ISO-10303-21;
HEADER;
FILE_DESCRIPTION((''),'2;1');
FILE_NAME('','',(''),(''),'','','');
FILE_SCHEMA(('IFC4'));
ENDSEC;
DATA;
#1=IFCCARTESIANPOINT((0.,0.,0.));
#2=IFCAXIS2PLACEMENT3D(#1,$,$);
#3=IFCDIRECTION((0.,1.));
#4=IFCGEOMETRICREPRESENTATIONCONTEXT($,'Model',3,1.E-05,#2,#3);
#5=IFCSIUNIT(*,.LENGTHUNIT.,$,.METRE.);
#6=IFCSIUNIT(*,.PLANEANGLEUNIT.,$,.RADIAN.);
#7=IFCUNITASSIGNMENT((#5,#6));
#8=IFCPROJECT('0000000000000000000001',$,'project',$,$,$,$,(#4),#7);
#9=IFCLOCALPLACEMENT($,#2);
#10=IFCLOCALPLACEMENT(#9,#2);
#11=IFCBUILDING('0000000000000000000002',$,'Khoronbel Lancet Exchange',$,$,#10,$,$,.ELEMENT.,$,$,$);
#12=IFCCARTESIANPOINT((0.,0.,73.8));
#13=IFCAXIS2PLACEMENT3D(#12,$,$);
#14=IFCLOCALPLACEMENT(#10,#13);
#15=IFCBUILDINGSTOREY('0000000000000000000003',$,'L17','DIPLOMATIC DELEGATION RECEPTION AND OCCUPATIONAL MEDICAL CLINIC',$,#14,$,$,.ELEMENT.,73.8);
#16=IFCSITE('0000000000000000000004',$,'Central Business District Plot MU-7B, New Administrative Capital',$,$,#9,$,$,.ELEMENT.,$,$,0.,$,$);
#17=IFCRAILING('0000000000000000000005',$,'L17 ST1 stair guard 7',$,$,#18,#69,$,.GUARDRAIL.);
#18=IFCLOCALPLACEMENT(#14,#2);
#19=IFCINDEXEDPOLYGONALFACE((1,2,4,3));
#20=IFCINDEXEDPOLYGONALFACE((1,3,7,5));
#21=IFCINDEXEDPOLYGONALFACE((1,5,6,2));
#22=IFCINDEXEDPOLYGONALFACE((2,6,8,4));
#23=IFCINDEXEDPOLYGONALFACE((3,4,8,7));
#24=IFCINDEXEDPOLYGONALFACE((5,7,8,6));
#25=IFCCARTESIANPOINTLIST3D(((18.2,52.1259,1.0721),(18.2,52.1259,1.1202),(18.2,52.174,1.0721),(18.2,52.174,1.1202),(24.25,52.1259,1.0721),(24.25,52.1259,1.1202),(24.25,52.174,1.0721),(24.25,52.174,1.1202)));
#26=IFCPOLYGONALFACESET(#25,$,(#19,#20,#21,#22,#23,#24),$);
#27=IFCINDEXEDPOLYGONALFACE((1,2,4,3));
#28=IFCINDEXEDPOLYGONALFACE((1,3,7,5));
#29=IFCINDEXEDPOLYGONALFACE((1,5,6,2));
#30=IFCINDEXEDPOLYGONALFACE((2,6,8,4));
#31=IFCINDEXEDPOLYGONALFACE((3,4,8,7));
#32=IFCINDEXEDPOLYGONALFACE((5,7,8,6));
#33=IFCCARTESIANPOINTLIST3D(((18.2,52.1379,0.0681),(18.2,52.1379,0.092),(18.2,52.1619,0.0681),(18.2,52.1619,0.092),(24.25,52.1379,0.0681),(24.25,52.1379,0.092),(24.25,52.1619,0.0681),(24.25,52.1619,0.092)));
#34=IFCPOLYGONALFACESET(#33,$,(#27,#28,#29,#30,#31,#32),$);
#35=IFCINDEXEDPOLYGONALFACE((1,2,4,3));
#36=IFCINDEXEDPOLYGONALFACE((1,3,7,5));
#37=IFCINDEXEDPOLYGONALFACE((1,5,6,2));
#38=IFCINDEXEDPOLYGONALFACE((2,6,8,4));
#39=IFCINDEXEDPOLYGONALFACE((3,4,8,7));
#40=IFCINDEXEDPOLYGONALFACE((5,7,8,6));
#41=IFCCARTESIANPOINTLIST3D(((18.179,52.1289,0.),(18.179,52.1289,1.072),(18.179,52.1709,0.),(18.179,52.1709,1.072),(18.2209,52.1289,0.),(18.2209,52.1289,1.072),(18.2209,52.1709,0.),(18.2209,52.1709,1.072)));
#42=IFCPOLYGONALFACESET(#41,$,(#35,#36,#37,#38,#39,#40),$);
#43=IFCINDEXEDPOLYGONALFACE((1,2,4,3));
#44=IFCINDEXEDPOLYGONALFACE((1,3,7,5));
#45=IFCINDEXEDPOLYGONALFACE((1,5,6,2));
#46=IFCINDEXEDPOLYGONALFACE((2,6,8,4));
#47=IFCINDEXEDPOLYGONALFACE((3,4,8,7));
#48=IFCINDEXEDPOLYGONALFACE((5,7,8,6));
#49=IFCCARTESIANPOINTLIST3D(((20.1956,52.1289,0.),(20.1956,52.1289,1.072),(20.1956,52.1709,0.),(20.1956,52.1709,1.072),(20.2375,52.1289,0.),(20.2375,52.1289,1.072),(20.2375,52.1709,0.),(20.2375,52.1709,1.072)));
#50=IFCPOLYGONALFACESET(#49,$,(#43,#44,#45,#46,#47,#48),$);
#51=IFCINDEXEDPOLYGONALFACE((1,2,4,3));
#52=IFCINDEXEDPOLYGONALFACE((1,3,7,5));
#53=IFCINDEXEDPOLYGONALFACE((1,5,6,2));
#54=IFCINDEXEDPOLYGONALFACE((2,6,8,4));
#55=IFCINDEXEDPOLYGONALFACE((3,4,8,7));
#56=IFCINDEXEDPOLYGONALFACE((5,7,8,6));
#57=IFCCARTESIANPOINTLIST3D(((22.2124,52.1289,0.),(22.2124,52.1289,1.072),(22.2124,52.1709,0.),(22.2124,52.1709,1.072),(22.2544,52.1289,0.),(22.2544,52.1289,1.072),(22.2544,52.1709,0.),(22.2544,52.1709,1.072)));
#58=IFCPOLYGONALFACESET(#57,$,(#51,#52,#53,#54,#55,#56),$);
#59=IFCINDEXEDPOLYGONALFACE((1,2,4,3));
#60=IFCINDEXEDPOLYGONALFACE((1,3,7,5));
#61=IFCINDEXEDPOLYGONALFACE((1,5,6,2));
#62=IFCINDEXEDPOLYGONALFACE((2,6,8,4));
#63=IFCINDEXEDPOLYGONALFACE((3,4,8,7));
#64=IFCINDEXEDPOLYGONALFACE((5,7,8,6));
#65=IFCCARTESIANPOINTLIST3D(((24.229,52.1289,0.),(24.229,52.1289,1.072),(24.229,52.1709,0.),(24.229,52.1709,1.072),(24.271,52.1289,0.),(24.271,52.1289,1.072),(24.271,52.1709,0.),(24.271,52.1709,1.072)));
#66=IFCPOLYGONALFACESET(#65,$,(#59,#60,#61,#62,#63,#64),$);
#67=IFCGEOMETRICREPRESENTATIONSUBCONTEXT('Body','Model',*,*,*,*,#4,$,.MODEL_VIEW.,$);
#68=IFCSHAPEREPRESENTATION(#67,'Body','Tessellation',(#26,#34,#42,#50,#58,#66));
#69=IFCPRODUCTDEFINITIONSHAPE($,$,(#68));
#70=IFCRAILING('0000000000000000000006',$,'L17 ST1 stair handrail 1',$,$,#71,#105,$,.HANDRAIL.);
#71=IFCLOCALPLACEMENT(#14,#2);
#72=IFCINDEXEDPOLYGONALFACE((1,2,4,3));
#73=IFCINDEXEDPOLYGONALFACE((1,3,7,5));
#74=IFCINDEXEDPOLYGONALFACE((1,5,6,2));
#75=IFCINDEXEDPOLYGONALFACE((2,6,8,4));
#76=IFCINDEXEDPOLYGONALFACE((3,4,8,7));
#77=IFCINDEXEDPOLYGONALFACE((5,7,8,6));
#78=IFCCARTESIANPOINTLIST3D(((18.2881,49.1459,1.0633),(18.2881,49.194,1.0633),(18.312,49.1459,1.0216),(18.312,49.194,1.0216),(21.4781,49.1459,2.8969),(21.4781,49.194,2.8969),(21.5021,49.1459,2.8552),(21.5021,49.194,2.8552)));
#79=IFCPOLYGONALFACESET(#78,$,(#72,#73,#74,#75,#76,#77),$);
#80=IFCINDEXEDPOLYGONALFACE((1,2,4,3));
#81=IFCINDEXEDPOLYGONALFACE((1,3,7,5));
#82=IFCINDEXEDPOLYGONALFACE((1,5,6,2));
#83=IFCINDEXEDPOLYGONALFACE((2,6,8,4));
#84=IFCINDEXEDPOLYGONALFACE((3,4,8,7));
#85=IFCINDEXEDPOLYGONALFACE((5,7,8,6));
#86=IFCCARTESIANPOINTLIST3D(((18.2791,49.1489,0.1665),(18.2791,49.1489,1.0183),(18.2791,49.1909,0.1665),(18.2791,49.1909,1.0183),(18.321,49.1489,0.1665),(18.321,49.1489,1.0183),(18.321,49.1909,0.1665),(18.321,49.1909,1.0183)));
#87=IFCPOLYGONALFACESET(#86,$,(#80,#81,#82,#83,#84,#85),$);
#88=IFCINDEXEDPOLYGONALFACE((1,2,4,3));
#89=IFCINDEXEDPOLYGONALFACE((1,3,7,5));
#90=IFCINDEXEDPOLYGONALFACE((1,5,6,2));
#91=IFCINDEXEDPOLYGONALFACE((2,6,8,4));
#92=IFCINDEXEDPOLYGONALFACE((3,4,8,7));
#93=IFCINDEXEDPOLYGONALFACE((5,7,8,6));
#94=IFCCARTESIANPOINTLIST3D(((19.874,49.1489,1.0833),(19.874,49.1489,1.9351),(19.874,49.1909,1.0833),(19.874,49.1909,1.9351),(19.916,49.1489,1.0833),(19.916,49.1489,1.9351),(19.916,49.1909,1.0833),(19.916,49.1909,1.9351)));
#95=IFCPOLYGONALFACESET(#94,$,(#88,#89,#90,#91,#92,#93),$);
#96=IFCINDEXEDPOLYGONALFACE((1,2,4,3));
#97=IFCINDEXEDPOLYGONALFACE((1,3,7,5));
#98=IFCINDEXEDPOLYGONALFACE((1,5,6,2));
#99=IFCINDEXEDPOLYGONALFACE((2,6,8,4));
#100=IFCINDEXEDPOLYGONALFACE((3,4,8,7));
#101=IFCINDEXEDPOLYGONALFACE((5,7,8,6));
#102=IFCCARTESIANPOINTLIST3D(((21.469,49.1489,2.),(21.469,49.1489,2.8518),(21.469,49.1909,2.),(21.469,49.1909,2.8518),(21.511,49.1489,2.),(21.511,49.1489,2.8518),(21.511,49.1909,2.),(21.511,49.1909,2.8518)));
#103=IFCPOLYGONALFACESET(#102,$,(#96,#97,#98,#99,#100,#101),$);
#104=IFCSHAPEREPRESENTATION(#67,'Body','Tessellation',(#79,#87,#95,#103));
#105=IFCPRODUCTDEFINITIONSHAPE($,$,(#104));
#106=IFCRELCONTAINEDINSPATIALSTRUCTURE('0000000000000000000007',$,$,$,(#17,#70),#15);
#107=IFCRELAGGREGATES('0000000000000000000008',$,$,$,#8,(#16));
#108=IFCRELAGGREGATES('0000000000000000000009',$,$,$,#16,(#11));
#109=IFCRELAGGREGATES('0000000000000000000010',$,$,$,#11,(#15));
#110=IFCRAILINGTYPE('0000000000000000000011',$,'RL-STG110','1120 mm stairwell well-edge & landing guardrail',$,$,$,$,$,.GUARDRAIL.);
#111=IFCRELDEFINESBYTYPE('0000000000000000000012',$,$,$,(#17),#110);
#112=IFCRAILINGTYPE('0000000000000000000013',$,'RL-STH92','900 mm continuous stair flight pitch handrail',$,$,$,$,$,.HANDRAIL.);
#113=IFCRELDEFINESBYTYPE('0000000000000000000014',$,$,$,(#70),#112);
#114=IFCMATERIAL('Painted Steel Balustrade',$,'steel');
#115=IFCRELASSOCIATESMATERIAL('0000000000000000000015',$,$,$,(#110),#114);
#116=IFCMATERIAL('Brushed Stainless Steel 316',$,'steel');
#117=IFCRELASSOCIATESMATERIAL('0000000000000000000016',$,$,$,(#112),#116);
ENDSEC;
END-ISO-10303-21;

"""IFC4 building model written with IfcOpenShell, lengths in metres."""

from ifc_helpers import new_model, si_unit, direction, frame, origin, origin_2d, place, context, subcontext, project, spatial, rectangle, extrude, material, type_object, element, save


model = new_model("IFC4")

# Units and contexts
model_context = context("Model", 3, precision=1e-05, world=origin(), true_north=direction((0.0, 1.0)))
body_context = subcontext(model_context, "Body", "Model", "MODEL_VIEW")
ifc_project = project(units=[si_unit("LENGTHUNIT", "METRE"), si_unit("PLANEANGLEUNIT", "RADIAN")], contexts=[model_context])

# Site, building, storey
site_placement = place(None, origin())
site = spatial("IfcSite", under=ifc_project, at=site_placement, Name="Central Business District Plot MU-7B, New Administrative Capital", CompositionType="ELEMENT", RefElevation=0.0)
building_placement = place(site_placement, origin())
building = spatial("IfcBuilding", under=site, at=building_placement, Name="Khoronbel Lancet Exchange", CompositionType="ELEMENT")
storey_placement = place(building_placement, frame((0.0, 0.0, 73.8)))
storey = spatial("IfcBuildingStorey", under=building, at=storey_placement, Name="L17", Description="DIPLOMATIC DELEGATION RECEPTION AND OCCUPATIONAL MEDICAL CLINIC", CompositionType="ELEMENT", Elevation=73.8)

# Railings
ifc_material_1 = material(Name="Painted Steel Balustrade", Category="steel")
railing_type_1 = type_object("IfcRailingType", Name="RL-STG110", Description="1120 mm stairwell well-edge & landing guardrail", PredefinedType="GUARDRAIL", material=ifc_material_1)
railing_1_placement = place(storey_placement, frame((18.2, 52.1499, 0.0)))
element("IfcRailing", 1, at=railing_1_placement, inside=storey, type_object=railing_type_1, Name="L17 ST1 stair guard 7", PredefinedType="GUARDRAIL", context=body_context, shape_type="SweptSolid", body=[
    extrude(rectangle(XDim=0.0481, YDim=0.0481, at=origin_2d()), frame((0.0, 0.0, 1.0962), z_axis=(1.0, 0.0, 0.0), x_axis=(0.0, 1.0, 0.0)), (0.0, 0.0, 1.0), 6.05),
    extrude(rectangle(XDim=0.0239, YDim=0.0239, at=origin_2d()), frame((0.0, 0.0, 0.0801), z_axis=(1.0, 0.0, 0.0), x_axis=(0.0, 1.0, 0.0)), (0.0, 0.0, 1.0), 6.05),
    extrude(rectangle(XDim=0.042, YDim=0.042, at=origin_2d()), origin(), (0.0, 0.0, 1.0), 1.072),
    extrude(rectangle(XDim=0.042, YDim=0.042, at=origin_2d()), frame((2.0166, 0.0, 0.0)), (0.0, 0.0, 1.0), 1.072),
    extrude(rectangle(XDim=0.042, YDim=0.042, at=origin_2d()), frame((4.0334, 0.0, 0.0)), (0.0, 0.0, 1.0), 1.072),
    extrude(rectangle(XDim=0.042, YDim=0.042, at=origin_2d()), frame((6.05, 0.0, 0.0)), (0.0, 0.0, 1.0), 1.072),
])
ifc_material_2 = material(Name="Brushed Stainless Steel 316", Category="steel")
railing_type_2 = type_object("IfcRailingType", Name="RL-STH92", Description="900 mm continuous stair flight pitch handrail", PredefinedType="HANDRAIL", material=ifc_material_2)
railing_2_placement = place(storey_placement, frame((18.3, 49.1699, 0.1665)))
element("IfcRailing", 2, at=railing_2_placement, inside=storey, type_object=railing_type_2, Name="L17 ST1 stair handrail 1", PredefinedType="HANDRAIL", context=body_context, shape_type="SweptSolid", body=[
    extrude(rectangle(XDim=0.0481, YDim=0.0481, at=origin_2d()), frame((0.0, 0.0, 0.876), z_axis=(0.866991, 0.0, 0.498324), x_axis=(0.0, 1.0, 0.0)), (0.0, 0.0, 1.0), 3.6794),
    extrude(rectangle(XDim=0.042, YDim=0.042, at=origin_2d()), origin(), (0.0, 0.0, 1.0), 0.8518),
    extrude(rectangle(XDim=0.042, YDim=0.042, at=origin_2d()), frame((1.595, 0.0, 0.9167)), (0.0, 0.0, 1.0), 0.8518),
    extrude(rectangle(XDim=0.042, YDim=0.042, at=origin_2d()), frame((3.1899, 0.0, 1.8335)), (0.0, 0.0, 1.0), 0.8518),
])

save(model, "model.ifc")
